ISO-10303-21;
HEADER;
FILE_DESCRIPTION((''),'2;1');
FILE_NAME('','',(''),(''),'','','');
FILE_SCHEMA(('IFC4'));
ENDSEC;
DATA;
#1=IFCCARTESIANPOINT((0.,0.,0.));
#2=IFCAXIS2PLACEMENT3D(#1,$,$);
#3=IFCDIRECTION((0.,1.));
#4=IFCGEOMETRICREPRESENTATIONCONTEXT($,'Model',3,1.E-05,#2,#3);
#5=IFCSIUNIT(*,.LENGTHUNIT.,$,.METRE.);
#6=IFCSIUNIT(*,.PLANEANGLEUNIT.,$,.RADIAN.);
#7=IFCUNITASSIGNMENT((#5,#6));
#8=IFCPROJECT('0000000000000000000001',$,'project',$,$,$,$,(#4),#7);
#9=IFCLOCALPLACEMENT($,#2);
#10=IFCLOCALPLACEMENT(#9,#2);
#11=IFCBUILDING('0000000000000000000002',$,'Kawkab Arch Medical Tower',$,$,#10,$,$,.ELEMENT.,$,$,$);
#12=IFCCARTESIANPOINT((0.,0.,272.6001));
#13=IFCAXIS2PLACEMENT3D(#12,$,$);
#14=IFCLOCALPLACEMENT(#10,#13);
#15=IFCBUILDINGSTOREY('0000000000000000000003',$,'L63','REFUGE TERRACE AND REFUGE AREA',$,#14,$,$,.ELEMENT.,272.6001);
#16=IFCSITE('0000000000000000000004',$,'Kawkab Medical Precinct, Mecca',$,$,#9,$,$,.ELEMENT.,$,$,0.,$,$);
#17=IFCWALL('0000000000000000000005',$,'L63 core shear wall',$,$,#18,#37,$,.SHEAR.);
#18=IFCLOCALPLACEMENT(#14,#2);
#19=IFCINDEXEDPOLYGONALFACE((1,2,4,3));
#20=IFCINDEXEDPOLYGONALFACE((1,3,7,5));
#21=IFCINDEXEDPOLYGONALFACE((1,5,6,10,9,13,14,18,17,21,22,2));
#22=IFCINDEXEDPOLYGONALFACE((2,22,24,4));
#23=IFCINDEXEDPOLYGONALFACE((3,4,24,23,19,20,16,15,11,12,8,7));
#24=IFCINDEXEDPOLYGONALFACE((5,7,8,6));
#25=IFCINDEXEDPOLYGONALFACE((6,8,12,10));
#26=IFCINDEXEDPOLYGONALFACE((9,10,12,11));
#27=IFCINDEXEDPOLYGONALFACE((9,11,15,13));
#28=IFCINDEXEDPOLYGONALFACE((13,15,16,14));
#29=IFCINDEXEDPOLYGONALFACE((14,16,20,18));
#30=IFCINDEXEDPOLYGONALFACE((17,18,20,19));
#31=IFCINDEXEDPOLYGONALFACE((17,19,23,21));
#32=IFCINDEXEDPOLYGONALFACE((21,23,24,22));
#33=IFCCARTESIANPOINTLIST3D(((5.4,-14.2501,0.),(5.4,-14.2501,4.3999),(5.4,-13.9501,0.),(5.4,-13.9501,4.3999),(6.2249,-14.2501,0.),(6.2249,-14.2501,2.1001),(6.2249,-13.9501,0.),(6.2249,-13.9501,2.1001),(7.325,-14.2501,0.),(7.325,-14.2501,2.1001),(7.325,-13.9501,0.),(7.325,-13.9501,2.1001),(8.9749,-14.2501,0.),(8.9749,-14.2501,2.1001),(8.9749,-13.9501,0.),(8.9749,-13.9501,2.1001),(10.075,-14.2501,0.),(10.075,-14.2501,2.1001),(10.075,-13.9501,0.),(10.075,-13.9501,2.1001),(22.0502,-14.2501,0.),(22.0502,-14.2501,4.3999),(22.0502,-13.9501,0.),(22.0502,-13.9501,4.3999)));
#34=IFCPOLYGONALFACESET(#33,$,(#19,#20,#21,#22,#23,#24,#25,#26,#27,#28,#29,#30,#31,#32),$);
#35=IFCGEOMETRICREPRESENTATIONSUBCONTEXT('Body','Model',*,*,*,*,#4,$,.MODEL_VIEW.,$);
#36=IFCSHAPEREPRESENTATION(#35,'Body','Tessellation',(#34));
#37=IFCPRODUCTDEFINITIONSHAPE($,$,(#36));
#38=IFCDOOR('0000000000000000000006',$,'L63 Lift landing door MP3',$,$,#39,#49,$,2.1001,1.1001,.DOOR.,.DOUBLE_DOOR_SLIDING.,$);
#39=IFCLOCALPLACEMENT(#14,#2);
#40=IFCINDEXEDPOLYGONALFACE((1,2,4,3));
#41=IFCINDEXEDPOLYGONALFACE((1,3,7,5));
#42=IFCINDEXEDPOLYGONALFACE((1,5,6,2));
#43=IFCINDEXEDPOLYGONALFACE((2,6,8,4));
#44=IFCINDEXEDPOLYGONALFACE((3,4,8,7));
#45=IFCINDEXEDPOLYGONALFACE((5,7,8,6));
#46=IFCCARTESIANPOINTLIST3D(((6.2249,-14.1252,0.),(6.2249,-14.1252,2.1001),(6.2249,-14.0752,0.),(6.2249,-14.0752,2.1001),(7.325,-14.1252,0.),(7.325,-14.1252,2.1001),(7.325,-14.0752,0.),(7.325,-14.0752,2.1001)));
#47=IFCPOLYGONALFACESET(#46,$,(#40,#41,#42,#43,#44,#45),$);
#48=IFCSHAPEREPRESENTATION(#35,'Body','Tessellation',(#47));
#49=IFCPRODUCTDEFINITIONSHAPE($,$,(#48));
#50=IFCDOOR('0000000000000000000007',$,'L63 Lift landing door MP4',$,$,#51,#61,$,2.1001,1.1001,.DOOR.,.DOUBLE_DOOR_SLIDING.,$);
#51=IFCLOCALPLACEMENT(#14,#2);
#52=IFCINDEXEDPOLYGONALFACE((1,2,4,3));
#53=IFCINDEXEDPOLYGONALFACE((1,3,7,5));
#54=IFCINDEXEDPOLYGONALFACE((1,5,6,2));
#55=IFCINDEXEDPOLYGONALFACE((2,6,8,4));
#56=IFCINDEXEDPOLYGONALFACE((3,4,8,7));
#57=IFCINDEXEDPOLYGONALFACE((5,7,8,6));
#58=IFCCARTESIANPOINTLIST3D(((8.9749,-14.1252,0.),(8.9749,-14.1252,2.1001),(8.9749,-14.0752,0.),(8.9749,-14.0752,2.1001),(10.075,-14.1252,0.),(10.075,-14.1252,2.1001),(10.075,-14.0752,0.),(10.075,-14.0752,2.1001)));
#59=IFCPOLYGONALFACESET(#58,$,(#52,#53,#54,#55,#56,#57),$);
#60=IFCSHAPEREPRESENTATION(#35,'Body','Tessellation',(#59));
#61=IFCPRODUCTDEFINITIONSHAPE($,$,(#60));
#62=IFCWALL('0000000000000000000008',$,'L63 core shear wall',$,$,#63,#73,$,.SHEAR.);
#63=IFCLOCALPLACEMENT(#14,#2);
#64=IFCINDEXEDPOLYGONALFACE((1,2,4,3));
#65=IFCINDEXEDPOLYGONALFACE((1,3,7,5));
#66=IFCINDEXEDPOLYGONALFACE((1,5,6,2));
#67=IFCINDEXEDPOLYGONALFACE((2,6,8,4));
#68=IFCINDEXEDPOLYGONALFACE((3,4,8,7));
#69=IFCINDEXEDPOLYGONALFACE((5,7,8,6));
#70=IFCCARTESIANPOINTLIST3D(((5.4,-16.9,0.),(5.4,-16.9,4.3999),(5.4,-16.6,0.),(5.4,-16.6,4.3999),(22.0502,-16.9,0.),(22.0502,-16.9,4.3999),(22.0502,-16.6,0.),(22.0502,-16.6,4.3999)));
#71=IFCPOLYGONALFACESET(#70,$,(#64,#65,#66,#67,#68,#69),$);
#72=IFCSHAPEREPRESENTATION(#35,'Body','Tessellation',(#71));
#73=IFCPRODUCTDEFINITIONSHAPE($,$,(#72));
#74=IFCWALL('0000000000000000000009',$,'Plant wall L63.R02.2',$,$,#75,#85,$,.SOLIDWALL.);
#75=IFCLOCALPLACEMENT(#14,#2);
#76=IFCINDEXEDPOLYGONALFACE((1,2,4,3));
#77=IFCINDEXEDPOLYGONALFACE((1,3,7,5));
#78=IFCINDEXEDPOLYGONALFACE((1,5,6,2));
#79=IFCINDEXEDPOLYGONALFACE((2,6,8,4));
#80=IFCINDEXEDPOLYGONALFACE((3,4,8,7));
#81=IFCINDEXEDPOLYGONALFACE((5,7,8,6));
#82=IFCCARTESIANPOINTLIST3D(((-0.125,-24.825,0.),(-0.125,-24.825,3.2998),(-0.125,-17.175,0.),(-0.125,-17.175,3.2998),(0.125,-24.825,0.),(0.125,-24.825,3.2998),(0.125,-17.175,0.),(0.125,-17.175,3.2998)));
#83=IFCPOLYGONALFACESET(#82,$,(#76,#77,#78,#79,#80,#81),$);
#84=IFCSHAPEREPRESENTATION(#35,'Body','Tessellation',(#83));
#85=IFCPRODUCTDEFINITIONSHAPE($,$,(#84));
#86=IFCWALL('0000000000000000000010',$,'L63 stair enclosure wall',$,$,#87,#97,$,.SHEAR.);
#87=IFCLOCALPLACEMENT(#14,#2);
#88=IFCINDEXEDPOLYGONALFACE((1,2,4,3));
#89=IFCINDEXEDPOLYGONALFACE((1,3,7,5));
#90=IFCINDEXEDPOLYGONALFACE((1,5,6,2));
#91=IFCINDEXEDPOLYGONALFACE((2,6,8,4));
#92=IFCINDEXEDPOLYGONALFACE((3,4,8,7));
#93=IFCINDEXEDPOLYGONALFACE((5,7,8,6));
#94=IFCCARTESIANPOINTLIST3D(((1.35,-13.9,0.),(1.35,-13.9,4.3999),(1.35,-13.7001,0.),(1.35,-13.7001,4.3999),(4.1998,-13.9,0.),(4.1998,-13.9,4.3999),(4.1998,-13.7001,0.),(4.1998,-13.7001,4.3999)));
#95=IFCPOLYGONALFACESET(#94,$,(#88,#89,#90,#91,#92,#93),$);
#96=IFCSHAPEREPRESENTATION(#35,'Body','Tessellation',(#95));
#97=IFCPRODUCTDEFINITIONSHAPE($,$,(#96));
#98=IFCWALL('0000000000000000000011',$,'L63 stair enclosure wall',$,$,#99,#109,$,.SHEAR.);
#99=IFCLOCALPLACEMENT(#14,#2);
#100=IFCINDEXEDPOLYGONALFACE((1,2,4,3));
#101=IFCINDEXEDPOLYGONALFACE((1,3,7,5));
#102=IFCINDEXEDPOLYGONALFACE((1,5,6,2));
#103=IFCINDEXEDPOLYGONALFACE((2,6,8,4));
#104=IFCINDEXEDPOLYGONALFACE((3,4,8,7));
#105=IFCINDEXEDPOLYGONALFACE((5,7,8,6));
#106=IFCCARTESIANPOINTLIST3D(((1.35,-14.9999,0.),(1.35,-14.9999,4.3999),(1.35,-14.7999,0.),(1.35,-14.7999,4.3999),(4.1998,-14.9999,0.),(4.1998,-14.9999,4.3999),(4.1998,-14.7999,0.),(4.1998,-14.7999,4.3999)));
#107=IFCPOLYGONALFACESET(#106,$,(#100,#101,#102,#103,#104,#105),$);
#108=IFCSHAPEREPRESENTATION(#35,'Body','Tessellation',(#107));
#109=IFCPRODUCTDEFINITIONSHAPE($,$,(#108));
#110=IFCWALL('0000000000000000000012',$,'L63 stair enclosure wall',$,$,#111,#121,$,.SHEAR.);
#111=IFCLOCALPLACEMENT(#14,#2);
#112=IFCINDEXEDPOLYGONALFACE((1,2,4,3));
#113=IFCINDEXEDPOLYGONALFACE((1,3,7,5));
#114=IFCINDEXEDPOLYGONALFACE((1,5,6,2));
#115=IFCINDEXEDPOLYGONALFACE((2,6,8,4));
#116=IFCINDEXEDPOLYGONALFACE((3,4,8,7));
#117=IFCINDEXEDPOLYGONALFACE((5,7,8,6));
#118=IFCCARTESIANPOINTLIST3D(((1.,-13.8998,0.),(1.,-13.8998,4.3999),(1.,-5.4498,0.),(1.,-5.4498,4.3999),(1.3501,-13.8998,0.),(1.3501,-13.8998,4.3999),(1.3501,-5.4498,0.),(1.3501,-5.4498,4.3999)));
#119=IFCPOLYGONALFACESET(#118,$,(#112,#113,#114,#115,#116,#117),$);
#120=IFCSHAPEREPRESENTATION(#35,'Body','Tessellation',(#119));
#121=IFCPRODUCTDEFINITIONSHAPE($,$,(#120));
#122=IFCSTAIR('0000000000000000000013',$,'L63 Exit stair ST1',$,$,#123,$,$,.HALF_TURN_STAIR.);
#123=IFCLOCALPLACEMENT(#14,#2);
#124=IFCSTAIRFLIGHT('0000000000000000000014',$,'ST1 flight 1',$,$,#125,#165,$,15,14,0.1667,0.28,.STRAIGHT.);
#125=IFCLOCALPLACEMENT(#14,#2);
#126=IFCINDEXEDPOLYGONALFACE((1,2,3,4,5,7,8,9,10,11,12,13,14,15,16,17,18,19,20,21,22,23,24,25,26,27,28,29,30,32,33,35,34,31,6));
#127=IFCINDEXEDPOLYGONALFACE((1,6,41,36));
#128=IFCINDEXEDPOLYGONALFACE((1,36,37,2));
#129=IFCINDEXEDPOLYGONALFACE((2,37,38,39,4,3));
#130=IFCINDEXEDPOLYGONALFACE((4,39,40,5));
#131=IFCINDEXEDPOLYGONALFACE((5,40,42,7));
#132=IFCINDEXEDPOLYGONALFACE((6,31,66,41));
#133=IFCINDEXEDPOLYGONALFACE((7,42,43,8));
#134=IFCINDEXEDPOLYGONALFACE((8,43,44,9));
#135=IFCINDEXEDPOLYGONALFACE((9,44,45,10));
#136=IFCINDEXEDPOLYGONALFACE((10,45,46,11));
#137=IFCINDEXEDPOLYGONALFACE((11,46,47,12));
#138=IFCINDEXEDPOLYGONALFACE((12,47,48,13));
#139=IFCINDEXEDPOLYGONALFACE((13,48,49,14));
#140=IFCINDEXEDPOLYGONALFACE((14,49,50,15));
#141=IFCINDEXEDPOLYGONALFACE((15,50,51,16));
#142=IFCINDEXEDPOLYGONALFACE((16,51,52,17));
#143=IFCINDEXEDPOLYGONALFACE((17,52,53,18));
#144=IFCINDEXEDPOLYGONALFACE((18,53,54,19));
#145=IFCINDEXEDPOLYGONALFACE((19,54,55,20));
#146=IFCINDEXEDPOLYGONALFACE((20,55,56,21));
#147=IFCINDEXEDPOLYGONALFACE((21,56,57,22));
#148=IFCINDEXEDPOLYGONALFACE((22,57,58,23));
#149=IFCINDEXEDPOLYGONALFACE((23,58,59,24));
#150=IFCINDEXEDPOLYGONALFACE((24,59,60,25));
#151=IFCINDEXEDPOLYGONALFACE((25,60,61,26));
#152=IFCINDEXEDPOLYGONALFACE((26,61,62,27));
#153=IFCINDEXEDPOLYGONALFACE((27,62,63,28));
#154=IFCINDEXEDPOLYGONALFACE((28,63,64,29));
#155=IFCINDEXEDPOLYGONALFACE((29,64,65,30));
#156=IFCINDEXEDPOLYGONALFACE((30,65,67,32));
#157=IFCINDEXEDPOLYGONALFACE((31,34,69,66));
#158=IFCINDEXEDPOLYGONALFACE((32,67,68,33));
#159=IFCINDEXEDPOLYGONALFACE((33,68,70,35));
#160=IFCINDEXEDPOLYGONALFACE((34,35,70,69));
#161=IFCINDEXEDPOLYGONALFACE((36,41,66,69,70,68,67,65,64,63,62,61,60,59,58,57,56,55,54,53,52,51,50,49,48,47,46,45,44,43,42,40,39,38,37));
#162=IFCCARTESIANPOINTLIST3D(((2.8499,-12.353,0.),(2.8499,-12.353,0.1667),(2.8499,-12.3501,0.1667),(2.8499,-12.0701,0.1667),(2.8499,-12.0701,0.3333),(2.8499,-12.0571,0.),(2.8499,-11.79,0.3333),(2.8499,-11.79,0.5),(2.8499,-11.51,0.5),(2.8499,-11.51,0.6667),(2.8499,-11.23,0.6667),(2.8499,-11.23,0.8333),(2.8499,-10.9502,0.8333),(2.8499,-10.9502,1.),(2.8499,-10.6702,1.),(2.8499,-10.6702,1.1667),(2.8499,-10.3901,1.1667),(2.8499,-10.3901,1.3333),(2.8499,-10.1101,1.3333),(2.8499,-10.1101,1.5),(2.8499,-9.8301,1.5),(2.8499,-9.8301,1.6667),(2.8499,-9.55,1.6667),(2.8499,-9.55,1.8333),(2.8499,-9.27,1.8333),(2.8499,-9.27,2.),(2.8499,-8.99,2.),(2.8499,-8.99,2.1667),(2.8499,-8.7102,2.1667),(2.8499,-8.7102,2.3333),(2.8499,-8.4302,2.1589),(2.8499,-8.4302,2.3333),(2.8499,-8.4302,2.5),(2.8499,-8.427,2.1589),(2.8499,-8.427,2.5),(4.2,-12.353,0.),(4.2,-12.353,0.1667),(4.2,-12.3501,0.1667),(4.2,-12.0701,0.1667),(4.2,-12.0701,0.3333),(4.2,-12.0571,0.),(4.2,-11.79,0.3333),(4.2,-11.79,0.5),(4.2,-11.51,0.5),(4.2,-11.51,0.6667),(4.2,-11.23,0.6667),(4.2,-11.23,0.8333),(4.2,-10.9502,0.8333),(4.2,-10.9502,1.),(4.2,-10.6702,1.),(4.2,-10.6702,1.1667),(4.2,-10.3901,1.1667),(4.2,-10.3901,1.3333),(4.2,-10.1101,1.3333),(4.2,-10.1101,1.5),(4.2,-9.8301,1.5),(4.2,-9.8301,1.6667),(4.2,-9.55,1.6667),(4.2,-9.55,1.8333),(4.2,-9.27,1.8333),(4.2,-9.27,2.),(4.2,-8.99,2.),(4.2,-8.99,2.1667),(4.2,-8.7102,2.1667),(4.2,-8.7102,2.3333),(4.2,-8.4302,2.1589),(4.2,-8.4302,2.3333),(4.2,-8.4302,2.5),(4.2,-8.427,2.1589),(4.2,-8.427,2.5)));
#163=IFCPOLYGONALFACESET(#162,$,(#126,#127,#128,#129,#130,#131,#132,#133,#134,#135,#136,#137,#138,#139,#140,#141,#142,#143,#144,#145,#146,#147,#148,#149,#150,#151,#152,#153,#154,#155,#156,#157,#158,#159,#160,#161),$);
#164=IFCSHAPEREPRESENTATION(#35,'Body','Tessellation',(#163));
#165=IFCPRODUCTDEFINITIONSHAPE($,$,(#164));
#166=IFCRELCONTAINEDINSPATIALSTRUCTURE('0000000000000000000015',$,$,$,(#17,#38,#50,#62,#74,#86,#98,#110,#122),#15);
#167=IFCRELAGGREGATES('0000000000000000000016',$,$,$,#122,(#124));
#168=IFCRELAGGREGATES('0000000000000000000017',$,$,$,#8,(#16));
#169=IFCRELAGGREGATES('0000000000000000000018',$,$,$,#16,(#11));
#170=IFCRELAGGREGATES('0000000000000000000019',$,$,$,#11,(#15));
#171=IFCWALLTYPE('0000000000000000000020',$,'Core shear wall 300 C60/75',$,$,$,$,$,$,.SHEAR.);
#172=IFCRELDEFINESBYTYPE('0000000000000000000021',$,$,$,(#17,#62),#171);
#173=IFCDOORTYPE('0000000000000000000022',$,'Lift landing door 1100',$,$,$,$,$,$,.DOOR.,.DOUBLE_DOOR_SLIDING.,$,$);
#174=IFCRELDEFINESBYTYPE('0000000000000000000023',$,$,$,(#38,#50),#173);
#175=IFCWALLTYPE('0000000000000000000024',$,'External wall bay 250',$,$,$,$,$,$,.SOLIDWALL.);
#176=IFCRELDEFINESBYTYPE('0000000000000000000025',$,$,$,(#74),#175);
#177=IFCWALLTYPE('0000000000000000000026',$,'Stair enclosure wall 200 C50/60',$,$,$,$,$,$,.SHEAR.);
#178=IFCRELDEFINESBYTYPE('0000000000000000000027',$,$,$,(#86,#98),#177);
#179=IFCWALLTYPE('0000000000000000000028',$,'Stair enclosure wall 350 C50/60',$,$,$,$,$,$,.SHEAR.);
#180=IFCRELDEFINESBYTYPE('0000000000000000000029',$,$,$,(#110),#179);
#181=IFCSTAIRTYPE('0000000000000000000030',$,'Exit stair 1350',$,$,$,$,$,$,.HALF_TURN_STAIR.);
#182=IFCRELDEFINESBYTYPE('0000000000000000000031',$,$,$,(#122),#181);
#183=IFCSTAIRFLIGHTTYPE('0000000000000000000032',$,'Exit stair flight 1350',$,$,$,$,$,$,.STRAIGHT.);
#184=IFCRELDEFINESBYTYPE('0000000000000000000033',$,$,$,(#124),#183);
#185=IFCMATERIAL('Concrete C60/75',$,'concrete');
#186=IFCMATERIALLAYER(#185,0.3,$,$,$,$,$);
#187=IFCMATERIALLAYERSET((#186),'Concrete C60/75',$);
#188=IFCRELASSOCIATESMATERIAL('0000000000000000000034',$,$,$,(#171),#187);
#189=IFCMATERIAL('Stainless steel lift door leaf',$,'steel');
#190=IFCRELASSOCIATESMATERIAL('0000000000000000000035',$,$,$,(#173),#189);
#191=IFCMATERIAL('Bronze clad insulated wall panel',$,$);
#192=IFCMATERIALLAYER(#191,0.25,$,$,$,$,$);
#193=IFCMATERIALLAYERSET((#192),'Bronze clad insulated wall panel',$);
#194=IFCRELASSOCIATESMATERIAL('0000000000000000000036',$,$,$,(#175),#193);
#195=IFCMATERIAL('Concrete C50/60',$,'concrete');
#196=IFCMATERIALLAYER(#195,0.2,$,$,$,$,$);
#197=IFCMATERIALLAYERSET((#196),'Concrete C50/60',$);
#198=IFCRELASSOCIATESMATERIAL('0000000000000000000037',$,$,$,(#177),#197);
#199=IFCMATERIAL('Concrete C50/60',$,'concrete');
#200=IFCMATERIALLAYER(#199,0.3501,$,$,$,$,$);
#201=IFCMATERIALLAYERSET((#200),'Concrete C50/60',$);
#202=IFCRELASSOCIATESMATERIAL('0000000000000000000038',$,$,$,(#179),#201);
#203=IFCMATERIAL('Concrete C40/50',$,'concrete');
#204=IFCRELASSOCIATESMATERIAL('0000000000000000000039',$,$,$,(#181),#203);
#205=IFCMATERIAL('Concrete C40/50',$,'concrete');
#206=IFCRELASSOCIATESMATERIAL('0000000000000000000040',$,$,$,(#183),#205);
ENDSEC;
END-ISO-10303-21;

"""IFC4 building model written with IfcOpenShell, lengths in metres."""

from ifc_helpers import new_model, si_unit, direction, frame, frame_2d, origin, place, context, subcontext, project, spatial, polyline, rectangle, outline, extrude, material, layer, layer_set, type_object, element, fill, aggregate, save


model = new_model("IFC4")

# Units and contexts
model_context = context("Model", 3, precision=1e-05, world=origin(), true_north=direction((0.0, 1.0)))
body_context = subcontext(model_context, "Body", "Model", "MODEL_VIEW")
ifc_project = project(units=[si_unit("LENGTHUNIT", "METRE"), si_unit("PLANEANGLEUNIT", "RADIAN")], contexts=[model_context])

# Site, building, storey
site_placement = place(None, origin())
site = spatial("IfcSite", under=ifc_project, at=site_placement, Name="Kawkab Medical Precinct, Mecca", CompositionType="ELEMENT", RefElevation=0.0)
building_placement = place(site_placement, origin())
building = spatial("IfcBuilding", under=site, at=building_placement, Name="Kawkab Arch Medical Tower", CompositionType="ELEMENT")
storey_placement = place(building_placement, frame((0.0, 0.0, 272.6001)))
storey = spatial("IfcBuildingStorey", under=building, at=storey_placement, Name="L63", Description="REFUGE TERRACE AND REFUGE AREA", CompositionType="ELEMENT", Elevation=272.6001)

# Shared definitions
ifc_material_1 = material(Name="Concrete C60/75", Category="concrete")
ifc_layer_1 = layer(ifc_material_1, 0.3)
ifc_layer_set_1 = layer_set([ifc_layer_1], Name="Concrete C60/75")
wall_type_1 = type_object("IfcWallType", Name="Core shear wall 300 C60/75", PredefinedType="SHEAR", material=ifc_layer_set_1)

# Wall, openings, doors
ifc_material_2 = material(Name="Stainless steel lift door leaf", Category="steel")
door_type_1 = type_object("IfcDoorType", Name="Lift landing door 1100", OperationType="DOUBLE_DOOR_SLIDING", PredefinedType="DOOR", material=ifc_material_2)
wall_1_placement = place(storey_placement, frame((5.3999, -14.1001, 0.0), z_axis=(0.0, 0.0, 1.0), x_axis=(1.0, 0.0, 0.0)))
wall_1 = element("IfcWall", 1, at=wall_1_placement, inside=storey, type_object=wall_type_1, Name="L63 core shear wall", PredefinedType="SHEAR", context=body_context, shape_type="SweptSolid", body=[
    extrude(rectangle(XDim=16.6501, YDim=0.3, at=frame_2d((8.3252, 0.0))), origin(), (0.0, 0.0, 1.0), 4.3999),
])
opening_1_placement = place(wall_1_placement, frame((0.825, 0.0, 0.0)))
opening_1 = element("IfcOpeningElement", 2, at=opening_1_placement, cuts=wall_1, PredefinedType="OPENING", context=body_context, shape_type="SweptSolid", body=[
    extrude(rectangle(XDim=1.1001, YDim=2.1001, at=frame_2d((0.55, 1.05))), frame((0.0, 0.1599, 0.0), z_axis=(0.0, -1.0, 0.0), x_axis=(1.0, 0.0, 0.0)), (0.0, 0.0, 1.0), 0.3201),
])
opening_2_placement = place(wall_1_placement, frame((3.575, 0.0, 0.0)))
opening_2 = element("IfcOpeningElement", 3, at=opening_2_placement, cuts=wall_1, PredefinedType="OPENING", context=body_context, shape_type="SweptSolid", body=[
    extrude(rectangle(XDim=1.1001, YDim=2.1001, at=frame_2d((0.55, 1.05))), frame((0.0, 0.1599, 0.0), z_axis=(0.0, -1.0, 0.0), x_axis=(1.0, 0.0, 0.0)), (0.0, 0.0, 1.0), 0.3201),
])
door_1_placement = place(opening_1_placement, origin())
door_1 = element("IfcDoor", 4, at=door_1_placement, inside=storey, type_object=door_type_1, Name="L63 Lift landing door MP3", OperationType="DOUBLE_DOOR_SLIDING", OverallHeight=2.1001, OverallWidth=1.1001, PredefinedType="DOOR", context=body_context, shape_type="SweptSolid", body=[
    extrude(rectangle(XDim=1.1001, YDim=2.1001, at=frame_2d((0.55, 1.05))), frame((0.0, 0.0249, 0.0), z_axis=(0.0, -1.0, 0.0), x_axis=(1.0, 0.0, 0.0)), (0.0, 0.0, 1.0), 0.05),
])
fill(opening_1, door_1)
door_2_placement = place(opening_2_placement, origin())
door_2 = element("IfcDoor", 5, at=door_2_placement, inside=storey, type_object=door_type_1, Name="L63 Lift landing door MP4", OperationType="DOUBLE_DOOR_SLIDING", OverallHeight=2.1001, OverallWidth=1.1001, PredefinedType="DOOR", context=body_context, shape_type="SweptSolid", body=[
    extrude(rectangle(XDim=1.1001, YDim=2.1001, at=frame_2d((0.55, 1.05))), frame((0.0, 0.0249, 0.0), z_axis=(0.0, -1.0, 0.0), x_axis=(1.0, 0.0, 0.0)), (0.0, 0.0, 1.0), 0.05),
])
fill(opening_2, door_2)

# Walls
wall_2_placement = place(storey_placement, frame((5.3999, -16.75, 0.0), z_axis=(0.0, 0.0, 1.0), x_axis=(1.0, 0.0, 0.0)))
element("IfcWall", 6, at=wall_2_placement, inside=storey, type_object=wall_type_1, Name="L63 core shear wall", PredefinedType="SHEAR", context=body_context, shape_type="SweptSolid", body=[
    extrude(rectangle(XDim=16.6501, YDim=0.3, at=frame_2d((8.3252, 0.0))), origin(), (0.0, 0.0, 1.0), 4.3999),
])
ifc_material_3 = material(Name="Bronze clad insulated wall panel")
ifc_layer_2 = layer(ifc_material_3, 0.25)
ifc_layer_set_2 = layer_set([ifc_layer_2], Name="Bronze clad insulated wall panel")
wall_type_2 = type_object("IfcWallType", Name="External wall bay 250", PredefinedType="SOLIDWALL", material=ifc_layer_set_2)
wall_3_placement = place(storey_placement, frame((0.0, -17.175, 0.0), z_axis=(0.0, 0.0, 1.0), x_axis=(0.0, -1.0, 0.0)))
element("IfcWall", 7, at=wall_3_placement, inside=storey, type_object=wall_type_2, Name="Plant wall L63.R02.2", PredefinedType="SOLIDWALL", context=body_context, shape_type="SweptSolid", body=[
    extrude(rectangle(XDim=7.6499, YDim=0.25, at=frame_2d((3.825, 0.0))), origin(), (0.0, 0.0, 1.0), 3.2998),
])
ifc_material_4 = material(Name="Concrete C50/60", Category="concrete")
ifc_layer_3 = layer(ifc_material_4, 0.2)
ifc_layer_set_3 = layer_set([ifc_layer_3], Name="Concrete C50/60")
wall_type_3 = type_object("IfcWallType", Name="Stair enclosure wall 200 C50/60", PredefinedType="SHEAR", material=ifc_layer_set_3)
for number, where, z_axis, x_axis, name in (
    (8, (1.3501, -13.8, 0.0), (0.0, 0.0, 1.0), (1.0, 0.0, 0.0), "L63 stair enclosure wall"),
    (9, (1.3501, -14.8999, 0.0), (0.0, 0.0, 1.0), (1.0, 0.0, 0.0), "L63 stair enclosure wall"),
):
    element("IfcWall", number, at=place(storey_placement, frame(where, z_axis=z_axis, x_axis=x_axis)), inside=storey, type_object=wall_type_3, Name=name, PredefinedType="SHEAR", context=body_context, shape_type="SweptSolid", body=[
        extrude(rectangle(XDim=2.8499, YDim=0.2, at=frame_2d((1.4248, 0.0))), origin(), (0.0, 0.0, 1.0), 4.3999),
    ])
ifc_material_5 = material(Name="Concrete C50/60", Category="concrete")
ifc_layer_4 = layer(ifc_material_5, 0.3501)
ifc_layer_set_4 = layer_set([ifc_layer_4], Name="Concrete C50/60")
wall_type_4 = type_object("IfcWallType", Name="Stair enclosure wall 350 C50/60", PredefinedType="SHEAR", material=ifc_layer_set_4)
wall_4_placement = place(storey_placement, frame((1.175, -13.8999, 0.0), z_axis=(0.0, 0.0, 1.0), x_axis=(0.0, 1.0, 0.0)))
element("IfcWall", 10, at=wall_4_placement, inside=storey, type_object=wall_type_4, Name="L63 stair enclosure wall", PredefinedType="SHEAR", context=body_context, shape_type="SweptSolid", body=[
    extrude(rectangle(XDim=8.45, YDim=0.3501, at=frame_2d((4.2251, 0.0))), origin(), (0.0, 0.0, 1.0), 4.3999),
])

# Stair, stair flight
ifc_material_6 = material(Name="Concrete C40/50", Category="concrete")
stair_type = type_object("IfcStairType", Name="Exit stair 1350", PredefinedType="HALF_TURN_STAIR", material=ifc_material_6)
placement = place(storey_placement, origin())
stair_1 = element("IfcStair", 11, at=placement, inside=storey, type_object=stair_type, Name="L63 Exit stair ST1", PredefinedType="HALF_TURN_STAIR")
ifc_material_7 = material(Name="Concrete C40/50", Category="concrete")
stair_flight_type = type_object("IfcStairFlightType", Name="Exit stair flight 1350", PredefinedType="STRAIGHT", material=ifc_material_7)
stair_flight_1_placement = place(storey_placement, frame((3.5249, -12.3501, 0.0), z_axis=(0.0, 0.0, 1.0), x_axis=(0.0, 1.0, 0.0)))
stair_flight_1 = element("IfcStairFlight", 12, at=stair_flight_1_placement, type_object=stair_flight_type, Name="ST1 flight 1", NumberOfRisers=15, NumberOfTreads=14, PredefinedType="STRAIGHT", RiserHeight=0.1667, TreadLength=0.28, context=body_context, shape_type="SweptSolid", body=[
    extrude(outline(polyline([(-0.0029, 0.0), (-0.0029, 0.1667), (0.0, 0.1667), (0.28, 0.1667), (0.28, 0.3333), (0.5601, 0.3333), (0.5601, 0.5), (0.8401, 0.5), (0.8401, 0.6667), (1.1201, 0.6667), (1.1201, 0.8333), (1.3999, 0.8333), (1.3999, 1.0), (1.6799, 1.0), (1.6799, 1.1667), (1.96, 1.1667), (1.96, 1.3333), (2.24, 1.3333), (2.24, 1.5), (2.52, 1.5), (2.52, 1.6667), (2.8, 1.6667), (2.8, 1.8333), (3.0801, 1.8333), (3.0801, 2.0), (3.3601, 2.0), (3.3601, 2.1667), (3.6399, 2.1667), (3.6399, 2.3333), (3.9199, 2.3333), (3.9199, 2.5), (3.9231, 2.5), (3.9231, 2.1589), (3.9199, 2.1589), (0.293, 0.0), (-0.0029, 0.0)])), frame((0.0, 0.675, 0.0), z_axis=(0.0, -1.0, 0.0), x_axis=(1.0, 0.0, 0.0)), (0.0, 0.0, 1.0), 1.3501),
])
aggregate(stair_1, [stair_flight_1])

save(model, "model.ifc")
